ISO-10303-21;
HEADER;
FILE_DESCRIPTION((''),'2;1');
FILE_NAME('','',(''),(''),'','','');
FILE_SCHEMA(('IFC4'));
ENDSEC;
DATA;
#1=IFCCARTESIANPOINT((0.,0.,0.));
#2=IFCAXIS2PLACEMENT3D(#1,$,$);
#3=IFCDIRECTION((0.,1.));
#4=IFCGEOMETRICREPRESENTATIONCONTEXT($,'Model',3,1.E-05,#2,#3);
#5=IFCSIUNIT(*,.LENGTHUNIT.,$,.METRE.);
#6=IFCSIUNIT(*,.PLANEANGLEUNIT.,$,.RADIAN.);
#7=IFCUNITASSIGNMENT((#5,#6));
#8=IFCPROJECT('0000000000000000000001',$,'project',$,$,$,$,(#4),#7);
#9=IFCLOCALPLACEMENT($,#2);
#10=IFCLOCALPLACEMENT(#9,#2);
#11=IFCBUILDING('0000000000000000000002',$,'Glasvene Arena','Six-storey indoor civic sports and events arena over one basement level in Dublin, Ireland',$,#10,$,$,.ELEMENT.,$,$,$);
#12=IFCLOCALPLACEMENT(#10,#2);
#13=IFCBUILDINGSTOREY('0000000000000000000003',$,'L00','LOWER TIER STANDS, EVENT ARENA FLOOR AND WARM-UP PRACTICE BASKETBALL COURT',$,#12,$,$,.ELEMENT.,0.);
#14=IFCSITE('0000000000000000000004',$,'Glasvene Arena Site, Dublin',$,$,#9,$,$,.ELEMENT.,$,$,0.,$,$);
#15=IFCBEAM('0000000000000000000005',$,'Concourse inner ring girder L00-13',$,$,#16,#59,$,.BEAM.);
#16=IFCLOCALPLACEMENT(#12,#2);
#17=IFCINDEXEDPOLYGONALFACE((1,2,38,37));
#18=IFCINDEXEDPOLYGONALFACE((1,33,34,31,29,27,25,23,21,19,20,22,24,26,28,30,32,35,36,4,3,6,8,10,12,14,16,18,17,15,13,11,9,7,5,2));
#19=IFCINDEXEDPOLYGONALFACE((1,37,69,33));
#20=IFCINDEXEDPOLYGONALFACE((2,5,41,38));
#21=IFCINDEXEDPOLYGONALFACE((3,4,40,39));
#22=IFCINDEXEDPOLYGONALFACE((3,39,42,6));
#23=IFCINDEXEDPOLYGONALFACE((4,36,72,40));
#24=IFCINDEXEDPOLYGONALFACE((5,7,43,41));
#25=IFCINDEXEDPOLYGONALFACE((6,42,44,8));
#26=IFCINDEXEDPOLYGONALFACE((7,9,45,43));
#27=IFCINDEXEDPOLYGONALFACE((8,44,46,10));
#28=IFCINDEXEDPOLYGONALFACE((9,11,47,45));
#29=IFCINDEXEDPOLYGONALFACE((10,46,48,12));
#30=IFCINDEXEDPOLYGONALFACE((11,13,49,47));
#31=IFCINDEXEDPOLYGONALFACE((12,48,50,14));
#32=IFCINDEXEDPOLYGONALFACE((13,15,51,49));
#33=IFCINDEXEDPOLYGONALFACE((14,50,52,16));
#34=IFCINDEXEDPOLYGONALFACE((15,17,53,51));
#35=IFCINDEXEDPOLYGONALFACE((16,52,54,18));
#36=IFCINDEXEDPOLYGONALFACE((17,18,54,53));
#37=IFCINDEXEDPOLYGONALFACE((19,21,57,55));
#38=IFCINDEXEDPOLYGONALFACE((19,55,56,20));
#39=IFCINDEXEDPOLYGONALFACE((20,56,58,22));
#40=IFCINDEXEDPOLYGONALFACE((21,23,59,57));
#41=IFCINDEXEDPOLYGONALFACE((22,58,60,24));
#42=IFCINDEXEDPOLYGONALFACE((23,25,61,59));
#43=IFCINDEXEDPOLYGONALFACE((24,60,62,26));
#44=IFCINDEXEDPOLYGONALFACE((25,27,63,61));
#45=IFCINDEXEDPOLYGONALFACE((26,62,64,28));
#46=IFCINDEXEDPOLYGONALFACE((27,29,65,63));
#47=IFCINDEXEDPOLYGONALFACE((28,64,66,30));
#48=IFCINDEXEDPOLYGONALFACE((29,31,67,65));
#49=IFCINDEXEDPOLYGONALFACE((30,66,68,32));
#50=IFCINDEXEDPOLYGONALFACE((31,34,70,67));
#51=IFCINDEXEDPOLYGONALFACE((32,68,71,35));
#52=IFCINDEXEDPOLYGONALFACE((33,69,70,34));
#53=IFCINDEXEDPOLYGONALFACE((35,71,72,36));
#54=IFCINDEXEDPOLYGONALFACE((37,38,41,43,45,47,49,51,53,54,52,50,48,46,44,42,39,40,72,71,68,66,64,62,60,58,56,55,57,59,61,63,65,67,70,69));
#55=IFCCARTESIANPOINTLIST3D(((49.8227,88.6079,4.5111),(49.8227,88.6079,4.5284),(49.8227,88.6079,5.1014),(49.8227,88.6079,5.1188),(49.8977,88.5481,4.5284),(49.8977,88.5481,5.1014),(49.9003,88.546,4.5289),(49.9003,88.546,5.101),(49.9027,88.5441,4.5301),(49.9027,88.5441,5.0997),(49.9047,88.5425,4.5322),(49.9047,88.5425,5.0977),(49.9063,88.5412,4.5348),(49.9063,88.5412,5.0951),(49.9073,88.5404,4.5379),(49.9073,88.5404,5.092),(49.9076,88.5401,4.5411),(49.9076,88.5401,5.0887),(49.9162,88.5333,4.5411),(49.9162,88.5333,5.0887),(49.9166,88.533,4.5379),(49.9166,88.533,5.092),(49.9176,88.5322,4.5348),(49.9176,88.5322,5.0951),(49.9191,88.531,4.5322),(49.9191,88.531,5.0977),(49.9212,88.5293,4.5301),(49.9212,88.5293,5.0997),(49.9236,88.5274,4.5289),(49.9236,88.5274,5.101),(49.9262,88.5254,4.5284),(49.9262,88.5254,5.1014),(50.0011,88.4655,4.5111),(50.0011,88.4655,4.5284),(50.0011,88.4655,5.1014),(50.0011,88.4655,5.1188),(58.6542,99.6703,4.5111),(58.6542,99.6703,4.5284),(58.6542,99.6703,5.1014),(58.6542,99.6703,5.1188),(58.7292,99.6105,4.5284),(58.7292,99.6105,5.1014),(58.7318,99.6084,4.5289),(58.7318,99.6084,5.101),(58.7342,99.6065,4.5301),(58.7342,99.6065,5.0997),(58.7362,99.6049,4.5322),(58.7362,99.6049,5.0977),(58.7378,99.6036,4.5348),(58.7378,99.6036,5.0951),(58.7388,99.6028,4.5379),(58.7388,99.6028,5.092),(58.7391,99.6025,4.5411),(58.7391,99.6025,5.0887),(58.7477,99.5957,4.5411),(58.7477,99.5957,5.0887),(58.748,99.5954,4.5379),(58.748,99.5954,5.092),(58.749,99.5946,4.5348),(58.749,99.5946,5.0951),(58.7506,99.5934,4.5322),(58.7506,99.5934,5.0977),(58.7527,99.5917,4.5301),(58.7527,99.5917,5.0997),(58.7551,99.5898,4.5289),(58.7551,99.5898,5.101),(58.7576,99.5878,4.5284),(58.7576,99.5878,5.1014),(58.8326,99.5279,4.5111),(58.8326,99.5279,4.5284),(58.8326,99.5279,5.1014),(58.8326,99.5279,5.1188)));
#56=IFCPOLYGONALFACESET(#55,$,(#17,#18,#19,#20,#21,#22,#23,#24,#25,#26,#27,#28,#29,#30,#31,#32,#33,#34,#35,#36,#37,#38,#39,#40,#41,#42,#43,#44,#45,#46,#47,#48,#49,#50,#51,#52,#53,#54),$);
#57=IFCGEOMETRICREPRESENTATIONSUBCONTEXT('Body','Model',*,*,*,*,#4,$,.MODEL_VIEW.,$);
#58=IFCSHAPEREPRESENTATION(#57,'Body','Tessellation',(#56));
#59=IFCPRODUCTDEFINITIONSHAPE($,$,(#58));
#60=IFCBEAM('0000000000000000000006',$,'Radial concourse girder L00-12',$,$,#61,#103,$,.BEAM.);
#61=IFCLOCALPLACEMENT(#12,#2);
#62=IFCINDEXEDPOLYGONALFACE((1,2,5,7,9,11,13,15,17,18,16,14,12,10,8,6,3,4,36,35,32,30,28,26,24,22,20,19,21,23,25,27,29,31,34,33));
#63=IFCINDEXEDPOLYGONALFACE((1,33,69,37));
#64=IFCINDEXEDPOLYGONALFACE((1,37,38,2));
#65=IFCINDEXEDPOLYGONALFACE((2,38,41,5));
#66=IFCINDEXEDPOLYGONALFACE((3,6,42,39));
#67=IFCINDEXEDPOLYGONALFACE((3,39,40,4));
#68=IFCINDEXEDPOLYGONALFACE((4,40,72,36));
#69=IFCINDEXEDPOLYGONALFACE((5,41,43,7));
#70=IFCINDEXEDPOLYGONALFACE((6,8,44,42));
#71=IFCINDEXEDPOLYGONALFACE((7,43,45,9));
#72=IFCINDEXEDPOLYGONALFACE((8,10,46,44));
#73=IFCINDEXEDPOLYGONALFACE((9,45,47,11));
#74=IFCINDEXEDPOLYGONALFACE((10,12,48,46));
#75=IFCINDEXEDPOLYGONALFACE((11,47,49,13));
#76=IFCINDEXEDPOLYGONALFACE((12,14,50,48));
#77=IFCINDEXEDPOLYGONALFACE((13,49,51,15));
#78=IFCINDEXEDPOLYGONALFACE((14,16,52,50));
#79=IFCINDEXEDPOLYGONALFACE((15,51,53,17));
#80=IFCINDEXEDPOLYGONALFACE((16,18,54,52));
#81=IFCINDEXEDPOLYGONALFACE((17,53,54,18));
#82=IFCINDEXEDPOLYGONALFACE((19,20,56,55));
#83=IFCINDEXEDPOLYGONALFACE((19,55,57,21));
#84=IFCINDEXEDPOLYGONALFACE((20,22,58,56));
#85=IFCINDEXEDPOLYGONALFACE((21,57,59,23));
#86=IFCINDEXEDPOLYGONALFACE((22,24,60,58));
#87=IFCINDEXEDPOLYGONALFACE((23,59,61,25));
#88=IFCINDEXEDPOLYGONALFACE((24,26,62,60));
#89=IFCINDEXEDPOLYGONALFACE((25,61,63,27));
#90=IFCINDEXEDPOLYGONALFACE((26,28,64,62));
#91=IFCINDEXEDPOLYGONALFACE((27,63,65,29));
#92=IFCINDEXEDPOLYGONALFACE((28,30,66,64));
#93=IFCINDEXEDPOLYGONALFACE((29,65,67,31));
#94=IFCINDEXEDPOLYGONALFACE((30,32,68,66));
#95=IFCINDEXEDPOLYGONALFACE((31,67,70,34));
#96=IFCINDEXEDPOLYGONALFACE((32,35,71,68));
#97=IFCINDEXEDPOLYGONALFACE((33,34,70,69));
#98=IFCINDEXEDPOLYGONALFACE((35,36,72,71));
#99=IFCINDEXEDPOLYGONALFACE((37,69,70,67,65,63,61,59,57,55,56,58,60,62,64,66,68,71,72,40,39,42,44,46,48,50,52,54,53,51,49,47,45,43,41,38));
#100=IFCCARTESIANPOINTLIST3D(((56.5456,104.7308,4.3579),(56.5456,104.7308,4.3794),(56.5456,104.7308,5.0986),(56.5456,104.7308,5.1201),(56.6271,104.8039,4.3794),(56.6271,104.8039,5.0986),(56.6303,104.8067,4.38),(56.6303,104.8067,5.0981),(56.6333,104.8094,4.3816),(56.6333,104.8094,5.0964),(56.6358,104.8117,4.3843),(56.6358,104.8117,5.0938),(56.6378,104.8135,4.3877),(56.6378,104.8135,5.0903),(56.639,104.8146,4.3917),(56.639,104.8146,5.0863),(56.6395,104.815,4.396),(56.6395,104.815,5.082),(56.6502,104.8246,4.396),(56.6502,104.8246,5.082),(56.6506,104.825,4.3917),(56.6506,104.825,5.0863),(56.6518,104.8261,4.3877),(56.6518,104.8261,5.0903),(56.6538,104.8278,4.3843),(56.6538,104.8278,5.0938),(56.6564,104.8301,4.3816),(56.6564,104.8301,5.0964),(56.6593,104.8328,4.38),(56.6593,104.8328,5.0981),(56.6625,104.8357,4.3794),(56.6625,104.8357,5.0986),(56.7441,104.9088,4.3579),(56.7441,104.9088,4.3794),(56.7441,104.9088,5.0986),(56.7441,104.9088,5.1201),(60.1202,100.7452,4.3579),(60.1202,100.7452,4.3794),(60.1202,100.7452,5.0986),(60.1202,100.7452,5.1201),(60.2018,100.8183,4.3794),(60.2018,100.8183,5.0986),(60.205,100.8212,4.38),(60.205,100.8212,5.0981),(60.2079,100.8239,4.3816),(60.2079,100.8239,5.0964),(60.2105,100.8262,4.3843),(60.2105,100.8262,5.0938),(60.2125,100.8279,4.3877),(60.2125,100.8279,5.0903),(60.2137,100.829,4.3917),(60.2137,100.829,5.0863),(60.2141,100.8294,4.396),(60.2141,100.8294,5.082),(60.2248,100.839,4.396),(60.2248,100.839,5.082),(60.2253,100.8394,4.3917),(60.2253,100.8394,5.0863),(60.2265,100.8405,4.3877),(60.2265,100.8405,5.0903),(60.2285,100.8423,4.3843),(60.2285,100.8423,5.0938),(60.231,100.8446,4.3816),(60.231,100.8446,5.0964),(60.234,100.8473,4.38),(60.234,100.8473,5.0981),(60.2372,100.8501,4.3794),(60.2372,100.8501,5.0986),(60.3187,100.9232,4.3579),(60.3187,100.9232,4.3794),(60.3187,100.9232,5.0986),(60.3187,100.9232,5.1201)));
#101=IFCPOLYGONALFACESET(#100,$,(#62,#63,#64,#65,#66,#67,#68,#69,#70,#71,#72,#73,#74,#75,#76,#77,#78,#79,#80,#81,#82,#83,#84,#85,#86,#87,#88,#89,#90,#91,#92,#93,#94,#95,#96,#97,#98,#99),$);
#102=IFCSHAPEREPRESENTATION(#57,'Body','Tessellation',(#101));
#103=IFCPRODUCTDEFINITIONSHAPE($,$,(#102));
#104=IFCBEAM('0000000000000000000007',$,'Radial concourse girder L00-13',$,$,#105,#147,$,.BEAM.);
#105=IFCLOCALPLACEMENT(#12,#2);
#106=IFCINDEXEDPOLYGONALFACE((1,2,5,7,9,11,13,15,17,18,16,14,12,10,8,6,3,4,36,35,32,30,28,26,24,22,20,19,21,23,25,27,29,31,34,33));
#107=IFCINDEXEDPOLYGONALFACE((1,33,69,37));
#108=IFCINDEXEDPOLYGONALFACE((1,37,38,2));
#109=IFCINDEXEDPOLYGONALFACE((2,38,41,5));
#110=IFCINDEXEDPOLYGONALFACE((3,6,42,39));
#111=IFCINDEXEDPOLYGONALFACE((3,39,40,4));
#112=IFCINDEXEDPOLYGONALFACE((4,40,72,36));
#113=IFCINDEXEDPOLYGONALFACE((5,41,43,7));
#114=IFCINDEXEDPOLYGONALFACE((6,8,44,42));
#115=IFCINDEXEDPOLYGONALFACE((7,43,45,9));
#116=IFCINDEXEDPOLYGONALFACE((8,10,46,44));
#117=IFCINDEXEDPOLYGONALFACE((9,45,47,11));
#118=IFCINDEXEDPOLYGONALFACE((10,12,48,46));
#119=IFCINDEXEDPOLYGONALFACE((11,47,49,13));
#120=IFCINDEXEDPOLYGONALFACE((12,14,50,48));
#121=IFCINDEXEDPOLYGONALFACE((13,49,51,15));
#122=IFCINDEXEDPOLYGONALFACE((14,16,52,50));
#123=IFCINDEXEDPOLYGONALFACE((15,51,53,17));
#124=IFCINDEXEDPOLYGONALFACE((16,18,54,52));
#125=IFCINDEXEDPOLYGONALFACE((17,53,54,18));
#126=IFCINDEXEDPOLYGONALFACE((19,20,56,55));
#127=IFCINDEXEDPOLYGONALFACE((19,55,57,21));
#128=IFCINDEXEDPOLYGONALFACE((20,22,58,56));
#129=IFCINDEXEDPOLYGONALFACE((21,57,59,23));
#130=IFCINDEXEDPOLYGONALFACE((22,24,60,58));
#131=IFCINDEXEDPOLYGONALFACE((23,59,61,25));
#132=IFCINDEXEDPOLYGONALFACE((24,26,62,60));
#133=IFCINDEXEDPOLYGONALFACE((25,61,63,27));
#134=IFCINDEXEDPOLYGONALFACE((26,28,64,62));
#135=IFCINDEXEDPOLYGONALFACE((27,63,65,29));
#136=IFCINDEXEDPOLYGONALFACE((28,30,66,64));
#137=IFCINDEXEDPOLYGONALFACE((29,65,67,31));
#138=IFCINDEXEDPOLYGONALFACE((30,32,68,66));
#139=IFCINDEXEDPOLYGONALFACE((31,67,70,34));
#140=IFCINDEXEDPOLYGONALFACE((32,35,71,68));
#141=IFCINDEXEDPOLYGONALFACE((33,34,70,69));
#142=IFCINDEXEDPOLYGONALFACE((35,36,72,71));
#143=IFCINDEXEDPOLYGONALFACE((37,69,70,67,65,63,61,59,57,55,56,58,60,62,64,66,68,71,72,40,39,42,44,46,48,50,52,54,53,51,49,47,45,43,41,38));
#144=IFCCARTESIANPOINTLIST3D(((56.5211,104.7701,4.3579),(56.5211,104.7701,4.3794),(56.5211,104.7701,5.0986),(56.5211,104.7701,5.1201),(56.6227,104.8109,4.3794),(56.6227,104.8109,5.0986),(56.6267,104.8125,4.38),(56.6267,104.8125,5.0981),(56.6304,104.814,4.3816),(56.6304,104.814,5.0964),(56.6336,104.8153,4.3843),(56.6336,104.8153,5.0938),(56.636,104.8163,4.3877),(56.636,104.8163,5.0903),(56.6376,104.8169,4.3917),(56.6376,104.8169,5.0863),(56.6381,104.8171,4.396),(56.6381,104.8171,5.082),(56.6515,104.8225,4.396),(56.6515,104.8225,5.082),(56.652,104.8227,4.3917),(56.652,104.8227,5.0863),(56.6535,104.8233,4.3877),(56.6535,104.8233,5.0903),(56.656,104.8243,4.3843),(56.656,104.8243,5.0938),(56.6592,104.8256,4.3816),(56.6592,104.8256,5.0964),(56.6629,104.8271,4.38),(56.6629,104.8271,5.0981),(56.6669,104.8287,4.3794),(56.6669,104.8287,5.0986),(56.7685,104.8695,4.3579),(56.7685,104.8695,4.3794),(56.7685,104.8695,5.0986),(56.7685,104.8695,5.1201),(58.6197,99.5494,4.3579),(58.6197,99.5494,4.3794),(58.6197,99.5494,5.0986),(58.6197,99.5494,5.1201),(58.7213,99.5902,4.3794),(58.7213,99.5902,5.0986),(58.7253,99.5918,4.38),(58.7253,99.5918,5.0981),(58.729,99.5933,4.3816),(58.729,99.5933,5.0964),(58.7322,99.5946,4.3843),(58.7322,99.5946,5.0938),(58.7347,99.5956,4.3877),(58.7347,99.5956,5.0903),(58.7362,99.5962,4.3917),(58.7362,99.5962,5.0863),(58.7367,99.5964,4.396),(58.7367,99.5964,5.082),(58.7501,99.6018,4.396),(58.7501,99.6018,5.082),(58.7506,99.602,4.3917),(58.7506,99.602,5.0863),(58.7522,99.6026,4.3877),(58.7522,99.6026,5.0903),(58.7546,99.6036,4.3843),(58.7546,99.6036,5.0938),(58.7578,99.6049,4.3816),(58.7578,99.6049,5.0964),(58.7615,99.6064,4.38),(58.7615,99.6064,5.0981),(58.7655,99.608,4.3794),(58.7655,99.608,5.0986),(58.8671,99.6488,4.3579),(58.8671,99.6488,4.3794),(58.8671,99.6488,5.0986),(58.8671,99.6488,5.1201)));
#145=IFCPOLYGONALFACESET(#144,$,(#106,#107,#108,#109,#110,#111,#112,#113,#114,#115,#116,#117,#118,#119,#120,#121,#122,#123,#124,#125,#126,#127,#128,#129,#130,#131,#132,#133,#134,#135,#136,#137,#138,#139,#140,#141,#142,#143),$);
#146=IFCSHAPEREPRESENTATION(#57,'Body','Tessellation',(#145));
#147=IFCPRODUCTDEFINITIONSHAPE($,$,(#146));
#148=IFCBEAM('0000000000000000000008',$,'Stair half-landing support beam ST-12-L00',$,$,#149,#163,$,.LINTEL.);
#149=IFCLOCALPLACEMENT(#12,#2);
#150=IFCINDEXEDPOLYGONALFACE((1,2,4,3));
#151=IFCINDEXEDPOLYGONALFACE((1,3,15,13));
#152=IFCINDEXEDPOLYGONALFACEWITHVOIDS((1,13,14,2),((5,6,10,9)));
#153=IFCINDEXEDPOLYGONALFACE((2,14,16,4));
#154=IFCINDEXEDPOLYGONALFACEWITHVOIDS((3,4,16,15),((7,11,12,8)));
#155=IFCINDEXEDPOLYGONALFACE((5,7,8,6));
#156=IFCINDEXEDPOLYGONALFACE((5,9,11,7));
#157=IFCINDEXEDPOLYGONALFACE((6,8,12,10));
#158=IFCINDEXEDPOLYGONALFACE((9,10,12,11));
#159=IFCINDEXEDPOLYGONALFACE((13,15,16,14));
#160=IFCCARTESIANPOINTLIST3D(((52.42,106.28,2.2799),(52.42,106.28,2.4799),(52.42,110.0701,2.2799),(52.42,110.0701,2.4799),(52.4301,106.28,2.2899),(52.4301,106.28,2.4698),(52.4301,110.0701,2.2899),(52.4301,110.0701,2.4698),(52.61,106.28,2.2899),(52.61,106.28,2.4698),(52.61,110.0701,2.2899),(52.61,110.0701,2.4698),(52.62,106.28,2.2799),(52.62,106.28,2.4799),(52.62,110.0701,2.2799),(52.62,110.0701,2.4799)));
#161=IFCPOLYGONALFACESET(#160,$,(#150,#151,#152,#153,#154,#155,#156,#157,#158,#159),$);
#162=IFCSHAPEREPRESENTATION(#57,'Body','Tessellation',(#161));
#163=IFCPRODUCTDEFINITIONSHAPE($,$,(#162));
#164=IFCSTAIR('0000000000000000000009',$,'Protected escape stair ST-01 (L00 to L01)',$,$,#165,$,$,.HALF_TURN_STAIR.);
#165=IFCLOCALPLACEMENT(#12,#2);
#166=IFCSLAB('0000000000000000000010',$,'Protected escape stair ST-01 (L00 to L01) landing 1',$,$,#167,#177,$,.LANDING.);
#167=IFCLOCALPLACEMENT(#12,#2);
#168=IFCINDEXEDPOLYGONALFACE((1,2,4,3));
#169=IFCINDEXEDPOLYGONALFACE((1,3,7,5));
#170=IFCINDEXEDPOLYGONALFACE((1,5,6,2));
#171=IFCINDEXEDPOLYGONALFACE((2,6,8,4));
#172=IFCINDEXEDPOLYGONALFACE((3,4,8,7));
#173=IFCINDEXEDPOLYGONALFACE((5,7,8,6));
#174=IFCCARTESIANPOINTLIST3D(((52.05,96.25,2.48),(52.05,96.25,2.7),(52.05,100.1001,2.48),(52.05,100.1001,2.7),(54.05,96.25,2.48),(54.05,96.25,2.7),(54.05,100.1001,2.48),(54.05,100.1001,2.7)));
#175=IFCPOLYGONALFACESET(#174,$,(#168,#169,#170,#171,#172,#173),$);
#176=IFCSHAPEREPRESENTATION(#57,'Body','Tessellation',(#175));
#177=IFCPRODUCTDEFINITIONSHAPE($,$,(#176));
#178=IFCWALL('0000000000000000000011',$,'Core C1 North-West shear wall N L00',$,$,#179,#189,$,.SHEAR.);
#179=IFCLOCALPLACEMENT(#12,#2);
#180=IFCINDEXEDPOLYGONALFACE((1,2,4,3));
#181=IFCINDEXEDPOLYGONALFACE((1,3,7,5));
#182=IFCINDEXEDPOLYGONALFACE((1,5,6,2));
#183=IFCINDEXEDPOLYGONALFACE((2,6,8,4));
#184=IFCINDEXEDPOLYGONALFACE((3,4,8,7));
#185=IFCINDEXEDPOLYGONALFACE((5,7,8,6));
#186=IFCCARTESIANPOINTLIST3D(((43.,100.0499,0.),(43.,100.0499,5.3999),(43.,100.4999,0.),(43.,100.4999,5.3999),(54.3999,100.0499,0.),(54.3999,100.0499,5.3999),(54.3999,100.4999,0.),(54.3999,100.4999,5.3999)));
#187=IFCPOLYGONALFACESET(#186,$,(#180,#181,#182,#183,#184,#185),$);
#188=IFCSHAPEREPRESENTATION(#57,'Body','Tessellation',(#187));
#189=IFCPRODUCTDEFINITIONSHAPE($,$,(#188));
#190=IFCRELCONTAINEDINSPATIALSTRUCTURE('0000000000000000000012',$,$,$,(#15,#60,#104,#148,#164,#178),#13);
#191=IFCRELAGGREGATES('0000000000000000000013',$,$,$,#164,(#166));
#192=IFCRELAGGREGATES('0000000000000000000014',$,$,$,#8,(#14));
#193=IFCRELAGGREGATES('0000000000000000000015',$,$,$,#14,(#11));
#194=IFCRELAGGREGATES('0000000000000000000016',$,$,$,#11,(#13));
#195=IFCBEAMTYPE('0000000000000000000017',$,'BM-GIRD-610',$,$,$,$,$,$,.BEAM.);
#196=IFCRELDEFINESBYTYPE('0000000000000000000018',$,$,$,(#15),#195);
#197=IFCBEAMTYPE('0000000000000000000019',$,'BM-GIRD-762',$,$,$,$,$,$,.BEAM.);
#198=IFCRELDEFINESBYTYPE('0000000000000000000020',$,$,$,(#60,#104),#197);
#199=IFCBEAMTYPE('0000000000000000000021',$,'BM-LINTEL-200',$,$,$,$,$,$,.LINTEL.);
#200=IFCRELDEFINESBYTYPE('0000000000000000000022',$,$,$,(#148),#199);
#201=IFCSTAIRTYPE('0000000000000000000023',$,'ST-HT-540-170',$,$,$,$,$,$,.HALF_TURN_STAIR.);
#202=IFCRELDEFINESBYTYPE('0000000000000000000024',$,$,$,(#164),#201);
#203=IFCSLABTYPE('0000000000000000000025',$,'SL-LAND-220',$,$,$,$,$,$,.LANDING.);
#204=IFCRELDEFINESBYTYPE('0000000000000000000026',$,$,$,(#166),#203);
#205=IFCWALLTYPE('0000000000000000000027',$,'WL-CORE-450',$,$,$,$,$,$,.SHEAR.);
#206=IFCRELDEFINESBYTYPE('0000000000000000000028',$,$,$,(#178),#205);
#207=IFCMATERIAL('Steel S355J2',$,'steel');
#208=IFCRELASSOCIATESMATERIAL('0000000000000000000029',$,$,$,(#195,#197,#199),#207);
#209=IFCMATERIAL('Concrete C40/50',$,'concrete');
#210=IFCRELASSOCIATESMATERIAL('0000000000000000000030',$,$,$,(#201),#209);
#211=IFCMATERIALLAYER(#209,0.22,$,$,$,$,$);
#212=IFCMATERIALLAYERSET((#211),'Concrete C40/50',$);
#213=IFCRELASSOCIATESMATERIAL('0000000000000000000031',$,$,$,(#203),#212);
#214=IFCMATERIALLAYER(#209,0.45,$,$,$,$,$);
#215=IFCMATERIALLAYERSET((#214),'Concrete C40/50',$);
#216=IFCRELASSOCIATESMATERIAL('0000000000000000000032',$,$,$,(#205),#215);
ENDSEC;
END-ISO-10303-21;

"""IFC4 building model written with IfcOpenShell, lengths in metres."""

from ifc_helpers import new_model, si_unit, direction, frame, frame_2d, origin, origin_2d, place, context, subcontext, project, spatial, polyline, rectangle, hollow_rectangle, i_section, outline, extrude, material, layer, layer_set, material_profile, profile_set, type_object, element, aggregate, save


model = new_model("IFC4")

# Units and contexts
model_context = context("Model", 3, precision=1e-05, world=origin(), true_north=direction((0.0, 1.0)))
body_context = subcontext(model_context, "Body", "Model", "MODEL_VIEW")
ifc_project = project(units=[si_unit("LENGTHUNIT", "METRE"), si_unit("PLANEANGLEUNIT", "RADIAN")], contexts=[model_context])

# Site, building, storey
site_placement = place(None, origin())
site = spatial("IfcSite", under=ifc_project, at=site_placement, Name="Glasvene Arena Site, Dublin", CompositionType="ELEMENT", RefElevation=0.0)
building_placement = place(site_placement, origin())
building = spatial("IfcBuilding", under=site, at=building_placement, Name="Glasvene Arena", Description="Six-storey indoor civic sports and events arena over one basement level in Dublin, Ireland", CompositionType="ELEMENT")
storey_placement = place(building_placement, origin())
storey = spatial("IfcBuildingStorey", under=building, at=storey_placement, Name="L00", Description="LOWER TIER STANDS, EVENT ARENA FLOOR AND WARM-UP PRACTICE BASKETBALL COURT", CompositionType="ELEMENT", Elevation=0.0)

# Shared definitions
ifc_material_1 = material(Name="Concrete C40/50", Category="concrete")
ifc_material_2 = material(Name="Steel S355J2", Category="steel")

# Beams
ifc_material_profile_1 = material_profile(ifc_material_2, i_section(OverallWidth=0.2283, OverallDepth=0.6077, WebThickness=0.011, FlangeThickness=0.0173, FilletRadius=0.0127, at=origin_2d()), Name="UKB 610x229x113")
ifc_profile_set_1 = profile_set([ifc_material_profile_1], Name="Steel S355J2")
beam_type_1 = type_object("IfcBeamType", Name="BM-GIRD-610", PredefinedType="BEAM", material=ifc_profile_set_1)
beam_1_placement = place(storey_placement, frame((58.7434, 99.5991, 4.8149), z_axis=(-0.6239, -0.781504, 0.0), x_axis=(0.781504, -0.6239, 0.0)))
element("IfcBeam", 1, at=beam_1_placement, inside=storey, type_object=beam_type_1, Name="Concourse inner ring girder L00-13", PredefinedType="BEAM", context=body_context, shape_type="SweptSolid", body=[
    extrude(i_section(OverallWidth=0.2283, OverallDepth=0.6077, WebThickness=0.011, FlangeThickness=0.0173, FilletRadius=0.0127, at=origin_2d()), origin(), (0.0, 0.0, 1.0), 14.1553),
])
ifc_material_profile_2 = material_profile(ifc_material_2, i_section(OverallWidth=0.2666, OverallDepth=0.7622, WebThickness=0.0144, FlangeThickness=0.0215, FilletRadius=0.0166, at=origin_2d()), Name="UKB 762x267x173")
ifc_profile_set_2 = profile_set([ifc_material_profile_2], Name="Steel S355J2")
beam_type_2 = type_object("IfcBeamType", Name="BM-GIRD-762", PredefinedType="BEAM", material=ifc_profile_set_2)
beam_2_placement = place(storey_placement, frame((60.2195, 100.8342, 4.739), z_axis=(-0.667691, 0.744438, 0.0), x_axis=(-0.744438, -0.667691, 0.0)))
element("IfcBeam", 2, at=beam_2_placement, inside=storey, type_object=beam_type_2, Name="Radial concourse girder L00-12", PredefinedType="BEAM", context=body_context, shape_type="SweptSolid", body=[
    extrude(i_section(OverallWidth=0.2666, OverallDepth=0.7622, WebThickness=0.0144, FlangeThickness=0.0215, FilletRadius=0.0166, at=origin_2d()), origin(), (0.0, 0.0, 1.0), 5.3538),
])
beam_3_placement = place(storey_placement, frame((58.7434, 99.5991, 4.739), z_axis=(-0.372976, 0.927841, 0.0), x_axis=(-0.927841, -0.372976, 0.0)))
element("IfcBeam", 3, at=beam_3_placement, inside=storey, type_object=beam_type_2, Name="Radial concourse girder L00-13", PredefinedType="BEAM", context=body_context, shape_type="SweptSolid", body=[
    extrude(i_section(OverallWidth=0.2666, OverallDepth=0.7622, WebThickness=0.0144, FlangeThickness=0.0215, FilletRadius=0.0166, at=origin_2d()), origin(), (0.0, 0.0, 1.0), 5.6267),
])
ifc_material_profile_3 = material_profile(ifc_material_2, hollow_rectangle(XDim=0.2, YDim=0.2, WallThickness=0.01, at=origin_2d()), Name="SHS 200x200x10.0")
ifc_profile_set_3 = profile_set([ifc_material_profile_3], Name="Steel S355J2")
beam_type_3 = type_object("IfcBeamType", Name="BM-LINTEL-200", PredefinedType="LINTEL", material=ifc_profile_set_3)
beam_4_placement = place(storey_placement, frame((52.52, 106.28, 2.3799), z_axis=(0.0, 1.0, 0.0), x_axis=(-1.0, 0.0, 0.0)))
element("IfcBeam", 4, at=beam_4_placement, inside=storey, type_object=beam_type_3, Name="Stair half-landing support beam ST-12-L00", PredefinedType="LINTEL", context=body_context, shape_type="SweptSolid", body=[
    extrude(hollow_rectangle(XDim=0.2, YDim=0.2, WallThickness=0.01, at=origin_2d()), origin(), (0.0, 0.0, 1.0), 3.79),
])

# Stair, slab
stair_type = type_object("IfcStairType", Name="ST-HT-540-170", PredefinedType="HALF_TURN_STAIR", material=ifc_material_1)
stair_placement = place(storey_placement, origin())
stair = element("IfcStair", 5, at=stair_placement, inside=storey, type_object=stair_type, Name="Protected escape stair ST-01 (L00 to L01)", PredefinedType="HALF_TURN_STAIR")
ifc_layer_1 = layer(ifc_material_1, 0.22)
ifc_layer_set_1 = layer_set([ifc_layer_1], Name="Concrete C40/50")
slab_type = type_object("IfcSlabType", Name="SL-LAND-220", PredefinedType="LANDING", material=ifc_layer_set_1)
slab_placement = place(storey_placement, frame((53.05, 98.175, 2.48)))
slab = element("IfcSlab", 6, at=slab_placement, type_object=slab_type, Name="Protected escape stair ST-01 (L00 to L01) landing 1", PredefinedType="LANDING", context=body_context, shape_type="SweptSolid", body=[
    extrude(outline(polyline([(-1.0, -1.925), (1.0, -1.925), (1.0, 1.925), (-1.0, 1.925), (-1.0, -1.925)])), origin(), (0.0, 0.0, 1.0), 0.22),
])

# Wall
ifc_layer_2 = layer(ifc_material_1, 0.45)
ifc_layer_set_2 = layer_set([ifc_layer_2], Name="Concrete C40/50")
wall_type_1 = type_object("IfcWallType", Name="WL-CORE-450", PredefinedType="SHEAR", material=ifc_layer_set_2)
wall_1_placement = place(storey_placement, frame((43.0, 100.2749, 0.0), z_axis=(0.0, 0.0, 1.0), x_axis=(1.0, 0.0, 0.0)))
element("IfcWall", 7, at=wall_1_placement, inside=storey, type_object=wall_type_1, Name="Core C1 North-West shear wall N L00", PredefinedType="SHEAR", context=body_context, shape_type="SweptSolid", body=[
    extrude(rectangle(XDim=11.3999, YDim=0.45, at=frame_2d((5.7, 0.0))), origin(), (0.0, 0.0, 1.0), 5.3999),
])

aggregate(stair, [slab])

save(model, "model.ifc")
